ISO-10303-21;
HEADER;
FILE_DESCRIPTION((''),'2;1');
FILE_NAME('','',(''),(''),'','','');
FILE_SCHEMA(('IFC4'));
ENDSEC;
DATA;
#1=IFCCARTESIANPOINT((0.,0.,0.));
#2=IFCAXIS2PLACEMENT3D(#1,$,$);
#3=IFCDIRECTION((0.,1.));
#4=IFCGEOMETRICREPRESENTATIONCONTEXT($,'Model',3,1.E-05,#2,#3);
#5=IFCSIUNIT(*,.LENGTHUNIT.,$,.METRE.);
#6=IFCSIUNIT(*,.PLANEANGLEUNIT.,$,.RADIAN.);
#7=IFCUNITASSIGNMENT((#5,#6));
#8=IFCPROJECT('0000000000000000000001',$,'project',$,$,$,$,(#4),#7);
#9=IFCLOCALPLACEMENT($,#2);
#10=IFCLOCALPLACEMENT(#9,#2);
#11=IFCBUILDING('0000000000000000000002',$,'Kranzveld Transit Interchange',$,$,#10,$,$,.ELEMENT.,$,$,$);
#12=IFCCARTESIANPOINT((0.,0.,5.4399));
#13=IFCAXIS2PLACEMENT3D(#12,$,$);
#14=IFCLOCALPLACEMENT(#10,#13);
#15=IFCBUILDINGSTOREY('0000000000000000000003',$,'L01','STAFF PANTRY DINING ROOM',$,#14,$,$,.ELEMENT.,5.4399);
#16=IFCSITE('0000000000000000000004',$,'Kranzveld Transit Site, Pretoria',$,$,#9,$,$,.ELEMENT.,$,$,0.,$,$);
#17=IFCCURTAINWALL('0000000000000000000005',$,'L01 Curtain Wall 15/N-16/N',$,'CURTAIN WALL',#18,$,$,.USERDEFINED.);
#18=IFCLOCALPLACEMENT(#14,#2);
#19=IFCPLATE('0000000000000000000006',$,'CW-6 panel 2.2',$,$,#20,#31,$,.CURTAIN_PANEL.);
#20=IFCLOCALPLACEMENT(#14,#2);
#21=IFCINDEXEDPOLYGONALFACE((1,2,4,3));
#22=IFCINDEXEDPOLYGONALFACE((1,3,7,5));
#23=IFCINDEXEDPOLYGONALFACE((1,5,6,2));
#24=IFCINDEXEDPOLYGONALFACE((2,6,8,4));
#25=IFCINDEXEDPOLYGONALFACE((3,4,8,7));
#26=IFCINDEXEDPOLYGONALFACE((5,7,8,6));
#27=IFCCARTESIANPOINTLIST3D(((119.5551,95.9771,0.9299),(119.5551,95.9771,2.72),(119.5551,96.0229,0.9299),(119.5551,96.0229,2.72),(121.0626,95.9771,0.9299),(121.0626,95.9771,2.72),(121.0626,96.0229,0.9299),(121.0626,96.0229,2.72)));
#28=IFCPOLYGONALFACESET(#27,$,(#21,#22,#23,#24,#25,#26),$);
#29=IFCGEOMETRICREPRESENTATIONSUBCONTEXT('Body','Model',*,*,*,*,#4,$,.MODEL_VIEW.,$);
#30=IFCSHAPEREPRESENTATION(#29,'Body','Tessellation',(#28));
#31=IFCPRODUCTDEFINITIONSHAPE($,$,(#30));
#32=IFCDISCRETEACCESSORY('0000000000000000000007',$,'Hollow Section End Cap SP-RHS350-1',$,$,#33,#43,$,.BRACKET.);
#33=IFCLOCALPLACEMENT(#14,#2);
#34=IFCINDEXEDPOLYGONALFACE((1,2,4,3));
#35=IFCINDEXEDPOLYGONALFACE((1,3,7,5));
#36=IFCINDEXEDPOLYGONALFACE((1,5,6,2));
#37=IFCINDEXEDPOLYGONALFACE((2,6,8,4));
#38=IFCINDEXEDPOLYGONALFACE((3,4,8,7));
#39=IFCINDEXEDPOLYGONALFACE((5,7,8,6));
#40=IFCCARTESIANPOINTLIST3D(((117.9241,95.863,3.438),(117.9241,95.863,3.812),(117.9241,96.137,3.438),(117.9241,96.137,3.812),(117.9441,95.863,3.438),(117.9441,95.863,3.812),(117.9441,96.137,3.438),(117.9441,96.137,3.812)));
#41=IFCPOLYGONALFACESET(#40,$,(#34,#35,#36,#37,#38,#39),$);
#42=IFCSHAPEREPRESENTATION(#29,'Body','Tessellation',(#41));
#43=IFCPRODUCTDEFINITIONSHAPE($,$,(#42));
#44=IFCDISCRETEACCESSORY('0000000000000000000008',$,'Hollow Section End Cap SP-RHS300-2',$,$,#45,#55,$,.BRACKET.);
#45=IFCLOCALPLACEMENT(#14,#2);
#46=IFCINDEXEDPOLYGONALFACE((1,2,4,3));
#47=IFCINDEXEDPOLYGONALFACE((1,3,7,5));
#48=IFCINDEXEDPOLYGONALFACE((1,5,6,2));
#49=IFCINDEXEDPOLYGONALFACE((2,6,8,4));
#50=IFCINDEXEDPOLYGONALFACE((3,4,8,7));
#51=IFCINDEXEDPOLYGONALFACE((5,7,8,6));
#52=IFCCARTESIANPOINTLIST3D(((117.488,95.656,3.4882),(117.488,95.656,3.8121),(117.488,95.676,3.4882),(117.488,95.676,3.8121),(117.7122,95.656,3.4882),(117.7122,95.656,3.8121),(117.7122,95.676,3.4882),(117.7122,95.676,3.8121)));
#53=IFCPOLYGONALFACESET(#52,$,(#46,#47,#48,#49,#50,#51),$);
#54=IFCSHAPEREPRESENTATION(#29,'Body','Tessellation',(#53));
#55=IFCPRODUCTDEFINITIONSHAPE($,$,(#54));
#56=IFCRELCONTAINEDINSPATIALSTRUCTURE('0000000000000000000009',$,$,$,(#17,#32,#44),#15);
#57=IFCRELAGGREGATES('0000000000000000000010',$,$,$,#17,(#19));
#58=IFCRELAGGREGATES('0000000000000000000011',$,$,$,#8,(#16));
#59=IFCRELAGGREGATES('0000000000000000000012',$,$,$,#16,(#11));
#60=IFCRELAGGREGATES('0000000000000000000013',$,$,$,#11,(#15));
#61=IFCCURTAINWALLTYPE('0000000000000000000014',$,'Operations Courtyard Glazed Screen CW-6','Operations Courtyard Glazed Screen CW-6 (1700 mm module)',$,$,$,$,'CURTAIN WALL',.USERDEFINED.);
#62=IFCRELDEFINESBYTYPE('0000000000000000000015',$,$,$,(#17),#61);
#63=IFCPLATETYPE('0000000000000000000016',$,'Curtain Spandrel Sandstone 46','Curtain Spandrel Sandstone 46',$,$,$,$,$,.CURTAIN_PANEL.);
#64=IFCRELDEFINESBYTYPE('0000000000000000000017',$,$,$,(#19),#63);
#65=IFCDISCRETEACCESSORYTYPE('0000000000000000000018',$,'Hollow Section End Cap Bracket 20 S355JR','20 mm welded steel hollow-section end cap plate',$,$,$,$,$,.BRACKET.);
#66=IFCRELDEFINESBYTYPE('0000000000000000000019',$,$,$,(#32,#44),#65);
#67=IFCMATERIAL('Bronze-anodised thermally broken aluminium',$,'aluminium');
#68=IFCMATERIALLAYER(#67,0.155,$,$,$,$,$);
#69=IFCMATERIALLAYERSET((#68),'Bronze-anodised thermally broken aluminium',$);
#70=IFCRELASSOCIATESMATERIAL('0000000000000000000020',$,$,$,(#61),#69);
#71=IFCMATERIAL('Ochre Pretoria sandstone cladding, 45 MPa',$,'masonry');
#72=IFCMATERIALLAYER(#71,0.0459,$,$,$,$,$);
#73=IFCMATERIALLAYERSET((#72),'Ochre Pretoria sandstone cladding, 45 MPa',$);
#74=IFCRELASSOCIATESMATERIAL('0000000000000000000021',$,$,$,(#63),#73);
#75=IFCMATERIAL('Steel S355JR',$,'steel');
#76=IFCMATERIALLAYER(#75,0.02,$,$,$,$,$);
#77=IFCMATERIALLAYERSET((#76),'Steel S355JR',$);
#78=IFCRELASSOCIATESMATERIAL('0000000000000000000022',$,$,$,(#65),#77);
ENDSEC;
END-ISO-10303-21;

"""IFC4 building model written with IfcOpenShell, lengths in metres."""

from ifc_helpers import new_model, si_unit, direction, frame, origin, origin_2d, place, context, subcontext, project, spatial, rectangle, extrude, material, layer, layer_set, type_object, element, aggregate, save


model = new_model("IFC4")

# Units and contexts
model_context = context("Model", 3, precision=1e-05, world=origin(), true_north=direction((0.0, 1.0)))
body_context = subcontext(model_context, "Body", "Model", "MODEL_VIEW")
ifc_project = project(units=[si_unit("LENGTHUNIT", "METRE"), si_unit("PLANEANGLEUNIT", "RADIAN")], contexts=[model_context])

# Site, building, storey
site_placement = place(None, origin())
site = spatial("IfcSite", under=ifc_project, at=site_placement, Name="Kranzveld Transit Site, Pretoria", CompositionType="ELEMENT", RefElevation=0.0)
building_placement = place(site_placement, origin())
building = spatial("IfcBuilding", under=site, at=building_placement, Name="Kranzveld Transit Interchange", CompositionType="ELEMENT")
storey_placement = place(building_placement, frame((0.0, 0.0, 5.4399)))
storey = spatial("IfcBuildingStorey", under=building, at=storey_placement, Name="L01", Description="STAFF PANTRY DINING ROOM", CompositionType="ELEMENT", Elevation=5.4399)

# Curtain wall
ifc_material_1 = material(Name="Bronze-anodised thermally broken aluminium", Category="aluminium")
ifc_layer_1 = layer(ifc_material_1, 0.155)
ifc_layer_set_1 = layer_set([ifc_layer_1], Name="Bronze-anodised thermally broken aluminium")
curtain_wall_type_1 = type_object("IfcCurtainWallType", Name="Operations Courtyard Glazed Screen CW-6", Description="Operations Courtyard Glazed Screen CW-6 (1700 mm module)", ElementType="CURTAIN WALL", PredefinedType="USERDEFINED", material=ifc_layer_set_1)
curtain_wall_1_placement = place(storey_placement, origin())
curtain_wall_1 = element("IfcCurtainWall", 1, at=curtain_wall_1_placement, inside=storey, type_object=curtain_wall_type_1, Name="L01 Curtain Wall 15/N-16/N", ObjectType="CURTAIN WALL", PredefinedType="USERDEFINED")

# Plate
ifc_material_2 = material(Name="Ochre Pretoria sandstone cladding, 45 MPa", Category="masonry")
ifc_layer_2 = layer(ifc_material_2, 0.0459)
ifc_layer_set_2 = layer_set([ifc_layer_2], Name="Ochre Pretoria sandstone cladding, 45 MPa")
plate_type_1 = type_object("IfcPlateType", Name="Curtain Spandrel Sandstone 46", Description="Curtain Spandrel Sandstone 46", PredefinedType="CURTAIN_PANEL", material=ifc_layer_set_2)
plate_1_placement = place(storey_placement, frame((120.3088, 96.0, 0.9299), z_axis=(0.0, 0.0, 1.0), x_axis=(1.0, 0.0, 0.0)))
plate_1 = element("IfcPlate", 2, at=plate_1_placement, type_object=plate_type_1, Name="CW-6 panel 2.2", PredefinedType="CURTAIN_PANEL", context=body_context, shape_type="SweptSolid", body=[
    extrude(rectangle(XDim=1.5076, YDim=0.0459, at=origin_2d()), origin(), (0.0, 0.0, 1.0), 1.79),
])
aggregate(curtain_wall_1, [plate_1])

# Discrete accessories
ifc_material_3 = material(Name="Steel S355JR", Category="steel")
ifc_layer_3 = layer(ifc_material_3, 0.02)
ifc_layer_set_3 = layer_set([ifc_layer_3], Name="Steel S355JR")
discrete_accessory_type = type_object("IfcDiscreteAccessoryType", Name="Hollow Section End Cap Bracket 20 S355JR", Description="20 mm welded steel hollow-section end cap plate", PredefinedType="BRACKET", material=ifc_layer_set_3)
discrete_accessory_1_placement = place(storey_placement, frame((117.9441, 96.0, 3.625), z_axis=(-1.0, 0.0, 0.0), x_axis=(0.0, -1.0, 0.0)))
element("IfcDiscreteAccessory", 3, at=discrete_accessory_1_placement, inside=storey, type_object=discrete_accessory_type, Name="Hollow Section End Cap SP-RHS350-1", PredefinedType="BRACKET", context=body_context, shape_type="SweptSolid", body=[
    extrude(rectangle(XDim=0.2739, YDim=0.374, at=origin_2d()), origin(), (0.0, 0.0, 1.0), 0.02),
])
discrete_accessory_2_placement = place(storey_placement, frame((117.6001, 95.656, 3.6501), z_axis=(0.0, 1.0, 0.0), x_axis=(-1.0, 0.0, 0.0)))
element("IfcDiscreteAccessory", 4, at=discrete_accessory_2_placement, inside=storey, type_object=discrete_accessory_type, Name="Hollow Section End Cap SP-RHS300-2", PredefinedType="BRACKET", context=body_context, shape_type="SweptSolid", body=[
    extrude(rectangle(XDim=0.2241, YDim=0.324, at=origin_2d()), origin(), (0.0, 0.0, 1.0), 0.02),
])

save(model, "model.ifc")
